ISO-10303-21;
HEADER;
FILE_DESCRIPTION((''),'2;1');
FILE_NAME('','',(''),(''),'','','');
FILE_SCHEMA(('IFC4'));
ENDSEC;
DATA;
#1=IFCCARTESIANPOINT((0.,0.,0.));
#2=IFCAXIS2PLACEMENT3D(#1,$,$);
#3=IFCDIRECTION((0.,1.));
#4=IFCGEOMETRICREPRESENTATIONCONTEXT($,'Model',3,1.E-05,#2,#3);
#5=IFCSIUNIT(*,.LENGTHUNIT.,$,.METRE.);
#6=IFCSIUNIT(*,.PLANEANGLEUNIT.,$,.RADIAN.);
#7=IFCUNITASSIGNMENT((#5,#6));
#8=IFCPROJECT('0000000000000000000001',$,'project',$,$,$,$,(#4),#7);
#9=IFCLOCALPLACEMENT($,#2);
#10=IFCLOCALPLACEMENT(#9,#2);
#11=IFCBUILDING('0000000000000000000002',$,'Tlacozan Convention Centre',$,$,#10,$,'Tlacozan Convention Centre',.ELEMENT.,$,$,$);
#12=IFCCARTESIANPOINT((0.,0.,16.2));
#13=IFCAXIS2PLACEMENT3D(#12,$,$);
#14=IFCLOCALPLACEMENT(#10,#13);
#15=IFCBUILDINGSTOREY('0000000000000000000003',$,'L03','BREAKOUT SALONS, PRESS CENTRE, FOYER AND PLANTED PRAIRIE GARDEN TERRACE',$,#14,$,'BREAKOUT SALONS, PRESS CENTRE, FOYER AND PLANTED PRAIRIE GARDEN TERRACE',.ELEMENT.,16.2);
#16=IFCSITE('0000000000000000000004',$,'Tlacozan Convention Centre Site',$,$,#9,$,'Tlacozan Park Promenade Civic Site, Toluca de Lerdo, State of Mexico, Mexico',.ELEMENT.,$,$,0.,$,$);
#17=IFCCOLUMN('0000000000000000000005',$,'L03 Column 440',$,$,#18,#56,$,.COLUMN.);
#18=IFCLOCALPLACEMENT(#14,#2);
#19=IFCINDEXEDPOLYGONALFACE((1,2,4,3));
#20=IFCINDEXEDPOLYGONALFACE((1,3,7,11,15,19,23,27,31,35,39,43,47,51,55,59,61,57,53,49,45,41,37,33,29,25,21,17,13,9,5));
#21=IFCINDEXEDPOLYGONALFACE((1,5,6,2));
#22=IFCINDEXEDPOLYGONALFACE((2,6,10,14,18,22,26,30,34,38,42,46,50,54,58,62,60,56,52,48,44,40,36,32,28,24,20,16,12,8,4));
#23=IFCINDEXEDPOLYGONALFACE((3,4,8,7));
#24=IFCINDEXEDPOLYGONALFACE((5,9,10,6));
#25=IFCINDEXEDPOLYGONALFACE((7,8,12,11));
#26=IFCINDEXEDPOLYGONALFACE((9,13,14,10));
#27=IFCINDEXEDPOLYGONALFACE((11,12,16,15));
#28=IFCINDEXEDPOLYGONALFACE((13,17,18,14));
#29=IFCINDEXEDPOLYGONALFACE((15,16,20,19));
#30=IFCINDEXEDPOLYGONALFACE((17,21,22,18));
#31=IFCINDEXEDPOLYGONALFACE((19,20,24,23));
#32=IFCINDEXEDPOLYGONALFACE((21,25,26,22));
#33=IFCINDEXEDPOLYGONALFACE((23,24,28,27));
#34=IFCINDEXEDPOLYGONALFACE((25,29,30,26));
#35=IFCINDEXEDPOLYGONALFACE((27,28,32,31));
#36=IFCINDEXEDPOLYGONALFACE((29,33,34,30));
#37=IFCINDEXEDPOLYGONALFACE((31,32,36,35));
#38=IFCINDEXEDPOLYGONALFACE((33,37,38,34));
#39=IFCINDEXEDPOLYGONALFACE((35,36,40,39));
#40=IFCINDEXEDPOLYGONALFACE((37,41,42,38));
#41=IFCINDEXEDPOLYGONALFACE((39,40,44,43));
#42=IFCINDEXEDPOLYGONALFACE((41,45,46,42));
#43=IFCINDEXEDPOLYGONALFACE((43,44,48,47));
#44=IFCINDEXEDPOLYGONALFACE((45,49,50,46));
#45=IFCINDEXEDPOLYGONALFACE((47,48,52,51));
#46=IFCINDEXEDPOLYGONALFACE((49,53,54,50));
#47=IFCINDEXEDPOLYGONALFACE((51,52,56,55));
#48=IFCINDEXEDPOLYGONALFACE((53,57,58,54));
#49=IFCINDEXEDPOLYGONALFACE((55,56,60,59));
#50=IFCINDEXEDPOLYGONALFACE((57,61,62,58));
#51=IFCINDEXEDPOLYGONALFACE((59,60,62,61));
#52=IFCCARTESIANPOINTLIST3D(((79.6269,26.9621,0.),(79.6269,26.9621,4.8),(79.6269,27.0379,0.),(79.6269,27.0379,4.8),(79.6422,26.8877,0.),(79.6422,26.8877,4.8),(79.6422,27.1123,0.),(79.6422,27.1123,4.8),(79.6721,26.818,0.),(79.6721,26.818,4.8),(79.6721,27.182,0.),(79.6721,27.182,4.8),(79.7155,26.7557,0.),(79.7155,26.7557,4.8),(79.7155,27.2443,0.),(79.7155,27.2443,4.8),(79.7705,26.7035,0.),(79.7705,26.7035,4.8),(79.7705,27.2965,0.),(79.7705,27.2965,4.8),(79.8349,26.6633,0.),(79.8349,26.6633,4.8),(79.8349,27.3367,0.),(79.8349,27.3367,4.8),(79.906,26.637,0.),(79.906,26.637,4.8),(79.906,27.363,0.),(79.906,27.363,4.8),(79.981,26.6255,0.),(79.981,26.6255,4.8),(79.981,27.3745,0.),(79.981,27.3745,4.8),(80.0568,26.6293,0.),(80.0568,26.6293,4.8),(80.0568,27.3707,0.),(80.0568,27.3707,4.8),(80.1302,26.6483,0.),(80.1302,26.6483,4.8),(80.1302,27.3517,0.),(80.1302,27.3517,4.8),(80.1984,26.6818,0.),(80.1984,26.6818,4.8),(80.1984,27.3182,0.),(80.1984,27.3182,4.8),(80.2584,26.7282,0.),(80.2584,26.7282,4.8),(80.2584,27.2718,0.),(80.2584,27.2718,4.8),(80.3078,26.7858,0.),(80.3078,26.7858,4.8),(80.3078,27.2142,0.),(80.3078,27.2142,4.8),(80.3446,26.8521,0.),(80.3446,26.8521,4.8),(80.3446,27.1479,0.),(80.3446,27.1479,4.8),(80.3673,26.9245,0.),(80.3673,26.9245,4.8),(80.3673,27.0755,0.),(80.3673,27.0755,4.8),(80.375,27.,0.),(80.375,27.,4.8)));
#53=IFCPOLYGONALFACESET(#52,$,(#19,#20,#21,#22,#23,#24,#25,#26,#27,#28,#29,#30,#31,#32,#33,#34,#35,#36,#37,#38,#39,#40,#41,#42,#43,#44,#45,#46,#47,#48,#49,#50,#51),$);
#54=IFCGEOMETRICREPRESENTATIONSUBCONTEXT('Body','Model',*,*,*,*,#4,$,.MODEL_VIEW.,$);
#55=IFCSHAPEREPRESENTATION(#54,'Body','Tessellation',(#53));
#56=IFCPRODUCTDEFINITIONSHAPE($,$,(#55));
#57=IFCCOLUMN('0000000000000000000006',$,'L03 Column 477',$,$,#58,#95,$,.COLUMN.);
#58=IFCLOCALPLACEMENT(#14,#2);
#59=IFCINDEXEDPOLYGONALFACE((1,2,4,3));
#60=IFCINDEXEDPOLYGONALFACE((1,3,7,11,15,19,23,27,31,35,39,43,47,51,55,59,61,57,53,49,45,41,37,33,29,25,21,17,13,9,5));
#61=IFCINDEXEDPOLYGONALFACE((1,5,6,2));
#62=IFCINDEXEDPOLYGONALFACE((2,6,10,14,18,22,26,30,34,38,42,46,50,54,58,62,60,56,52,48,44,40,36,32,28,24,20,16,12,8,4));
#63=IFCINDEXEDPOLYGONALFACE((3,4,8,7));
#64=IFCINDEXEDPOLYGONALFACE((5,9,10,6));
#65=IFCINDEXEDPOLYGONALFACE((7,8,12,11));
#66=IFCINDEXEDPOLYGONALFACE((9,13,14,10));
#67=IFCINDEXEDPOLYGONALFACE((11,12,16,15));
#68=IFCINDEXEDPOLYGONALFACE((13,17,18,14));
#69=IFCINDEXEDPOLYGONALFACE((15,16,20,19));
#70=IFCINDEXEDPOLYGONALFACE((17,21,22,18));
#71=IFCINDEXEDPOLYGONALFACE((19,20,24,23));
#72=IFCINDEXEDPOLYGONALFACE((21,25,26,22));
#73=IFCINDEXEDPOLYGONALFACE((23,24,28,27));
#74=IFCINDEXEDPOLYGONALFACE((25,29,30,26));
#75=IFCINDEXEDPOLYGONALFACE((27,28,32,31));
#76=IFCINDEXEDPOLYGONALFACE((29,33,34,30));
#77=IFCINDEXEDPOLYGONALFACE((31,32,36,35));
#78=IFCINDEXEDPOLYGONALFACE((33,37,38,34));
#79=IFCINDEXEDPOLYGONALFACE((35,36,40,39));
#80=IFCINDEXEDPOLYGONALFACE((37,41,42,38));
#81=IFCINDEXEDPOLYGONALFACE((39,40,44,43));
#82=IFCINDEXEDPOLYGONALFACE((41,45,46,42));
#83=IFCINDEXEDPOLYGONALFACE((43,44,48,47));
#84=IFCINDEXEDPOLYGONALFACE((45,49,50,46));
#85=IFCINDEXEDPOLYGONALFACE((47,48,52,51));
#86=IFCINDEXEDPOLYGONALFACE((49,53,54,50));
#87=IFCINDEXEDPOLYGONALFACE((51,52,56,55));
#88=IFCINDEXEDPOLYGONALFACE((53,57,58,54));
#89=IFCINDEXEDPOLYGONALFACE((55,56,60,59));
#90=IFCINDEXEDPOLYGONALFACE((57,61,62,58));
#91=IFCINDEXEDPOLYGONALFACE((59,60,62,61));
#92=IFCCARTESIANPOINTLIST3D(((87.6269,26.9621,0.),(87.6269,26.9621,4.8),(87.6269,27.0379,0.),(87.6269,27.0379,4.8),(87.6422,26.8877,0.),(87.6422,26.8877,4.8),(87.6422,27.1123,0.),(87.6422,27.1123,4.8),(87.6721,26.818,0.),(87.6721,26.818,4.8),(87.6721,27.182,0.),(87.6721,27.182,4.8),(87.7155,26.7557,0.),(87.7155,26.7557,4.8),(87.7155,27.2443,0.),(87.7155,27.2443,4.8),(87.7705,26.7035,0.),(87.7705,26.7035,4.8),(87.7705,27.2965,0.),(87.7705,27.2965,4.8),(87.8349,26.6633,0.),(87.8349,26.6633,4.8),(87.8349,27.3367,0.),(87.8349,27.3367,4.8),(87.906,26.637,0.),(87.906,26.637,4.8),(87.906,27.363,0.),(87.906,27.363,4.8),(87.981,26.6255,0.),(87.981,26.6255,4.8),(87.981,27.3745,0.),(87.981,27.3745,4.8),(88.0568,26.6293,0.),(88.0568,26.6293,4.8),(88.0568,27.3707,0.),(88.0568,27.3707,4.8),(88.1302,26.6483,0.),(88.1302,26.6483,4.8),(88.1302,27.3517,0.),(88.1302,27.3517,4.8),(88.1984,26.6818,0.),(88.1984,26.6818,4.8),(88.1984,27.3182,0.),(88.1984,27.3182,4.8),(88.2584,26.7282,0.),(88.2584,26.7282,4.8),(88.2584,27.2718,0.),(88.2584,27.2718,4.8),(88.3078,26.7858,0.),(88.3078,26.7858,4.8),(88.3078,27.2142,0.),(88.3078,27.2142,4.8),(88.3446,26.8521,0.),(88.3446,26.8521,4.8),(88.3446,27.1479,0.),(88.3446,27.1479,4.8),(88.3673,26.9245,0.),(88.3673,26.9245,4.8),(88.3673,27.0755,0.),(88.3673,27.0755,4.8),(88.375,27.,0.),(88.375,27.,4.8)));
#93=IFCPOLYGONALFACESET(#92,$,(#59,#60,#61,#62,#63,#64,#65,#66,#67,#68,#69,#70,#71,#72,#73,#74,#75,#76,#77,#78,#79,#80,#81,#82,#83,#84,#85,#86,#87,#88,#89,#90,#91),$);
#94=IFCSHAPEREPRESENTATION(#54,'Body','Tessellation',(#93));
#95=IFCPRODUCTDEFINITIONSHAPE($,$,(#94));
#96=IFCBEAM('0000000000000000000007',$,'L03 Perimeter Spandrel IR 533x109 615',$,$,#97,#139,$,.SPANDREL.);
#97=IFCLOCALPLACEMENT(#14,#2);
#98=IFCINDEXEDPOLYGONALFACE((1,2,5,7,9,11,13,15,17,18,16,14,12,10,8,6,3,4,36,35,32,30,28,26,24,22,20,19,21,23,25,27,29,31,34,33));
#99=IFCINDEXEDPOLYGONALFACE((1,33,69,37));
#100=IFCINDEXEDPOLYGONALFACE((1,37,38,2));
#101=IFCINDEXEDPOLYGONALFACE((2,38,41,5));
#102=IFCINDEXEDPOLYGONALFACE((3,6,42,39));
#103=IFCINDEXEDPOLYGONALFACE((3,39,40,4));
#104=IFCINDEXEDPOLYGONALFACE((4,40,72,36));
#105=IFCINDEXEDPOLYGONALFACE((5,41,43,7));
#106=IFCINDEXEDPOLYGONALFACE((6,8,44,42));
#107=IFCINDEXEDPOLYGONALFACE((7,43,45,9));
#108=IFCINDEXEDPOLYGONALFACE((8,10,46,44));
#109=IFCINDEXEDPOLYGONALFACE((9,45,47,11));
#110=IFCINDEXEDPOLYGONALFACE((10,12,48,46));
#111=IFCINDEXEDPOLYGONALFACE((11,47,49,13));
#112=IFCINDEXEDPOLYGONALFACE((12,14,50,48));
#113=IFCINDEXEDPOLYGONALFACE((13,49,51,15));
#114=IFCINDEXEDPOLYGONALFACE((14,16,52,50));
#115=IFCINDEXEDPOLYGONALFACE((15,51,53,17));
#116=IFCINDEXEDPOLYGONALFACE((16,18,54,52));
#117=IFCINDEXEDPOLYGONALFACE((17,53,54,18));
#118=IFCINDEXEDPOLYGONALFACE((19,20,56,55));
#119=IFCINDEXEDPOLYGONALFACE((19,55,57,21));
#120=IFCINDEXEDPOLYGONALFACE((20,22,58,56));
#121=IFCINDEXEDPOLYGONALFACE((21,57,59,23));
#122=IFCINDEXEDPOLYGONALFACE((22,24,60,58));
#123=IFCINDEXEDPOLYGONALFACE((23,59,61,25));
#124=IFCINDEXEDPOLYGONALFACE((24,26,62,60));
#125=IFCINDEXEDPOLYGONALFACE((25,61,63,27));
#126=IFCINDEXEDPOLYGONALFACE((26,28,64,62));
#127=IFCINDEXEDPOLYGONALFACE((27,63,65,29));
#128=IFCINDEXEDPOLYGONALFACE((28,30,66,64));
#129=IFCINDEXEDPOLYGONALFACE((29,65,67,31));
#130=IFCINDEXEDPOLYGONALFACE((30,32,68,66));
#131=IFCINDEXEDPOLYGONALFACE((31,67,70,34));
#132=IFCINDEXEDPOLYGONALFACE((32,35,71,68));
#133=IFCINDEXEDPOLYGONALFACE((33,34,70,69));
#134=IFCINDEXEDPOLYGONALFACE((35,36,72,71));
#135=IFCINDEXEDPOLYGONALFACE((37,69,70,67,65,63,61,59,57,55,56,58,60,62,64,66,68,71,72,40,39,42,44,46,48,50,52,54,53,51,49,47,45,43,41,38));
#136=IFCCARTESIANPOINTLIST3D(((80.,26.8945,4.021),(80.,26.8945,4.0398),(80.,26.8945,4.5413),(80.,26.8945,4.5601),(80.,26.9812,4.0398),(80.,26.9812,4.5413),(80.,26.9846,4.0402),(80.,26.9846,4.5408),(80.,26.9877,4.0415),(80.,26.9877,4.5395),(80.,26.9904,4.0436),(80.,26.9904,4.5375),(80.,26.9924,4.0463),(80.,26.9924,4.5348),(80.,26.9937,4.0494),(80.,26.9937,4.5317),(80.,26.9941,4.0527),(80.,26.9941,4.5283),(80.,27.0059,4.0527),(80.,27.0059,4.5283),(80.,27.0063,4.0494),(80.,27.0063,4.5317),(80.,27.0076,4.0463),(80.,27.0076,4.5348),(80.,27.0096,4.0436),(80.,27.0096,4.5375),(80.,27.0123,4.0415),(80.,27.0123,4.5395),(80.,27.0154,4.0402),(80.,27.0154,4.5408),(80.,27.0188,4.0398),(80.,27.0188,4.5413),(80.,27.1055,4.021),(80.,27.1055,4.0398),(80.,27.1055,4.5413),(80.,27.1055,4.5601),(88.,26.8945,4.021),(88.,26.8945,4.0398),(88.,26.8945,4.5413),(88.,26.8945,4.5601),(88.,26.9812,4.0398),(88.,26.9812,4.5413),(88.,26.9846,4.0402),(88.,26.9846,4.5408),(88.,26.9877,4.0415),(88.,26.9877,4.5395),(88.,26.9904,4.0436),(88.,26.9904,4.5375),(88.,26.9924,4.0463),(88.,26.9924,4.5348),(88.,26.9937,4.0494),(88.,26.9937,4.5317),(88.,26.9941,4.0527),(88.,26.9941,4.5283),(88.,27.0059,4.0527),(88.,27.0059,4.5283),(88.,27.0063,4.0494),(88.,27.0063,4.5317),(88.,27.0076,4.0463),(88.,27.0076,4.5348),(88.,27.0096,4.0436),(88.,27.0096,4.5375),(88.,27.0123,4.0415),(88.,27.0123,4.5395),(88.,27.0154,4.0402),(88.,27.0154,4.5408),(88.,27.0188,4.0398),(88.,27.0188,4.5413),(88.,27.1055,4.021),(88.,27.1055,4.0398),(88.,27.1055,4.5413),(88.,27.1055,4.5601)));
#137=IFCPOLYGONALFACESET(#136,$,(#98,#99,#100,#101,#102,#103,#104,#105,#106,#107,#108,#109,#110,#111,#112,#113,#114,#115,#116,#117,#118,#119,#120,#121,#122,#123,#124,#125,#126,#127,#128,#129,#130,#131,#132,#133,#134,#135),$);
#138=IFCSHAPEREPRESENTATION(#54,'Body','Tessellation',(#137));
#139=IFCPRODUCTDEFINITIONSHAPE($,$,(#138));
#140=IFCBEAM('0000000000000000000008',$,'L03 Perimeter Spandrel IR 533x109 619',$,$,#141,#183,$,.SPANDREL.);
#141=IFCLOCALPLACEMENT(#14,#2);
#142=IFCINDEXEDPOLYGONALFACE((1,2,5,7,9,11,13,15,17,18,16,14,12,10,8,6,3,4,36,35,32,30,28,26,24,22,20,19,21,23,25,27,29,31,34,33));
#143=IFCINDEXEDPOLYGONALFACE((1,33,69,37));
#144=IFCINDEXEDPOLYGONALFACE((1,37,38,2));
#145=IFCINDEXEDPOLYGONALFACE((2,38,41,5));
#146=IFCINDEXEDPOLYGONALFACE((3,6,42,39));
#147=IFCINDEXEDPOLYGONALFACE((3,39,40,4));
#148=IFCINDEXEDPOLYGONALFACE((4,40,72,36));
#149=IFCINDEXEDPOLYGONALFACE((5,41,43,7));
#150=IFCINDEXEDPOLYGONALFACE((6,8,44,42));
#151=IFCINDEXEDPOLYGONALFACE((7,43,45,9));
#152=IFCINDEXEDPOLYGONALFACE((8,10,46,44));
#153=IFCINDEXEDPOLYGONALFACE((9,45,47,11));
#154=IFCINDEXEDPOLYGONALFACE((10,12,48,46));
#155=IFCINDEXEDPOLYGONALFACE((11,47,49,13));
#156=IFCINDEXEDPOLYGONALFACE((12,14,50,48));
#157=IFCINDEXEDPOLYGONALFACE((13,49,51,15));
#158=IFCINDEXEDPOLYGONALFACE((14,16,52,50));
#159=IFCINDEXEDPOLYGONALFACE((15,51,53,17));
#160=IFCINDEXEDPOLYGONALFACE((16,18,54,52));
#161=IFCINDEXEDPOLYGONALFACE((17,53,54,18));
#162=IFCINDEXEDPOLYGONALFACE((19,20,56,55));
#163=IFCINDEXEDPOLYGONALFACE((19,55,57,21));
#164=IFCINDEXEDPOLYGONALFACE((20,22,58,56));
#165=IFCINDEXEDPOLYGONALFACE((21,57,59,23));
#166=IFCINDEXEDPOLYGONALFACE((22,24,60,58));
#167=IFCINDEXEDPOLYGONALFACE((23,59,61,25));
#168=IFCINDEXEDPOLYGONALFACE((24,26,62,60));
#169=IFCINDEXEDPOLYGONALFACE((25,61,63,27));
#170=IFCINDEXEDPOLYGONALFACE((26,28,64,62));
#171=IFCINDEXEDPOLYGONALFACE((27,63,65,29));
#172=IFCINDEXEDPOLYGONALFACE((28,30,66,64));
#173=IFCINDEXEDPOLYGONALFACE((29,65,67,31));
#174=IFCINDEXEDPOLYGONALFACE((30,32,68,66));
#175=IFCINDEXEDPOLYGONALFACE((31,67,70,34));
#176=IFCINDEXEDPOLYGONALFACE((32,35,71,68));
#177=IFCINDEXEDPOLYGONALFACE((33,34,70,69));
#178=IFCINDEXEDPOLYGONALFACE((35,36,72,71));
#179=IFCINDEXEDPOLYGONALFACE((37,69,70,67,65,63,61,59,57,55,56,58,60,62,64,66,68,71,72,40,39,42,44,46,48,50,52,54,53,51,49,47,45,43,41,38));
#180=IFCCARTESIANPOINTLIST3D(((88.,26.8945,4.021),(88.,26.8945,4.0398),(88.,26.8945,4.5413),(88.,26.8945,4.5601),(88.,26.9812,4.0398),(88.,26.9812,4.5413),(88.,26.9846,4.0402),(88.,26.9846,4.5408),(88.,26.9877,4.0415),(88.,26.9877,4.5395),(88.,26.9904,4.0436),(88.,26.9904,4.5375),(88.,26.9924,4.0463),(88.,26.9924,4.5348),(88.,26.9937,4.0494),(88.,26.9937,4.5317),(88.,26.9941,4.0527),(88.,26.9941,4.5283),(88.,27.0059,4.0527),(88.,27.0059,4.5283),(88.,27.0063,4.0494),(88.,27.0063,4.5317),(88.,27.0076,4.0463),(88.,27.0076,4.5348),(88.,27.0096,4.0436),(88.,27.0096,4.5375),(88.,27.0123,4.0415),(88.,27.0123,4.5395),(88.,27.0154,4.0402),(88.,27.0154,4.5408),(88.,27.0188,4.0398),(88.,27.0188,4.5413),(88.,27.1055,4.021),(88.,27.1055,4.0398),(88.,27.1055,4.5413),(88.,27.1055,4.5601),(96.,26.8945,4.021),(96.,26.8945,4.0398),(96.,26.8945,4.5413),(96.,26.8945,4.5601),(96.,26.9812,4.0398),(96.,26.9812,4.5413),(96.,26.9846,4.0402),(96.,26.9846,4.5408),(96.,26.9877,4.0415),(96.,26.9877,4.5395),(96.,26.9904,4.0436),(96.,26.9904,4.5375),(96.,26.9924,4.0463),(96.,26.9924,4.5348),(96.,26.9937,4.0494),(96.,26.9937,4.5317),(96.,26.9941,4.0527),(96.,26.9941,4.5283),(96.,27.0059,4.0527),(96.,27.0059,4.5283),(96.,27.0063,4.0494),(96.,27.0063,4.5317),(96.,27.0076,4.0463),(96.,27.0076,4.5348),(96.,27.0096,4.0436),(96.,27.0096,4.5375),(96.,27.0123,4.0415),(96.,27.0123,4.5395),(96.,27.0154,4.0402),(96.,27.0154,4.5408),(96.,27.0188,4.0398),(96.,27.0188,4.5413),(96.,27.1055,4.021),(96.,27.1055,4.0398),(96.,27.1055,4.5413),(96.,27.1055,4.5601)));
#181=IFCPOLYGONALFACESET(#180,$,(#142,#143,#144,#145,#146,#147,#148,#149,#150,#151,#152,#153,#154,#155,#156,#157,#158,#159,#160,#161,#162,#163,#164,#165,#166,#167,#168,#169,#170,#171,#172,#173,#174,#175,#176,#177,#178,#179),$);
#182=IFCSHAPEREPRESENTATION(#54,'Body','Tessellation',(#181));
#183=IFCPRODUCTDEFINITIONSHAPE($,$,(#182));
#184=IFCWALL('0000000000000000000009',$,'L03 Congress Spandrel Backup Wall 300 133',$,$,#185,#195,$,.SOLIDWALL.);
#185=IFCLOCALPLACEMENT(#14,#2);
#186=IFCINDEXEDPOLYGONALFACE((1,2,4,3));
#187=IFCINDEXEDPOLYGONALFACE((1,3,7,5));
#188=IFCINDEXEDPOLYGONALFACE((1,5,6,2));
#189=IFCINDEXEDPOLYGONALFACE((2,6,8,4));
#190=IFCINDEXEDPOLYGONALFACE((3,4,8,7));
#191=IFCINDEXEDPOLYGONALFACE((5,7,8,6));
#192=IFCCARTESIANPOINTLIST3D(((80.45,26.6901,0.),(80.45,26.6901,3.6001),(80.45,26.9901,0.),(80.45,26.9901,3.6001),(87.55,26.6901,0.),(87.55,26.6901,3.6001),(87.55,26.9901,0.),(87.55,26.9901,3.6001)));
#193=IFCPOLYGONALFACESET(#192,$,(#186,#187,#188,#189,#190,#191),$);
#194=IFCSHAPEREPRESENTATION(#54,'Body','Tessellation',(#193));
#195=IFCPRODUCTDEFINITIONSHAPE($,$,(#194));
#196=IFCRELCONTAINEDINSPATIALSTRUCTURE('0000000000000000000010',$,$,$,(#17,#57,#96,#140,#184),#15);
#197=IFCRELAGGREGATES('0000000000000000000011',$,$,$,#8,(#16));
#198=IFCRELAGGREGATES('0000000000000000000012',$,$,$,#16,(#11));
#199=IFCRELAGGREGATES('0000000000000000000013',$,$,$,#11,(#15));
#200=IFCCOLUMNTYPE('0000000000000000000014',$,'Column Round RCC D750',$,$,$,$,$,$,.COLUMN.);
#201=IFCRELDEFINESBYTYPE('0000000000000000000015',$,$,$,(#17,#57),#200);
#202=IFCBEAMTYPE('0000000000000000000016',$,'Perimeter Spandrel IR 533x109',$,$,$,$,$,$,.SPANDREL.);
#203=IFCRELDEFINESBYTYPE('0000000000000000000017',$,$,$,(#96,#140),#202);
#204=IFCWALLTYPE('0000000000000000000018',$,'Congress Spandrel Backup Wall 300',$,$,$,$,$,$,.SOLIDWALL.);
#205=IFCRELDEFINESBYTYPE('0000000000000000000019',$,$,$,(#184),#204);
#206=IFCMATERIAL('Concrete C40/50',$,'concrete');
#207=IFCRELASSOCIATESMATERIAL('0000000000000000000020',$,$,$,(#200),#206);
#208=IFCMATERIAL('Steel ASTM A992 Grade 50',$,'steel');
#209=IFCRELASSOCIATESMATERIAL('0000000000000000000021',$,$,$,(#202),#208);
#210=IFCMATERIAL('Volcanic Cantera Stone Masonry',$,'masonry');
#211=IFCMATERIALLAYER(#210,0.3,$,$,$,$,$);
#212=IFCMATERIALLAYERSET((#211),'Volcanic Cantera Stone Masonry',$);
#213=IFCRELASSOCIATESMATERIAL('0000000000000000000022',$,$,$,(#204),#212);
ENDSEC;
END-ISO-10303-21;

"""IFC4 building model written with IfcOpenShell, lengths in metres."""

from ifc_helpers import new_model, si_unit, direction, frame, frame_2d, origin, origin_2d, place, context, subcontext, project, spatial, rectangle, circle, i_section, extrude, material, layer, layer_set, material_profile, profile_set, type_object, element, save


model = new_model("IFC4")

# Units and contexts
model_context = context("Model", 3, precision=1e-05, world=origin(), true_north=direction((0.0, 1.0)))
body_context = subcontext(model_context, "Body", "Model", "MODEL_VIEW")
ifc_project = project(units=[si_unit("LENGTHUNIT", "METRE"), si_unit("PLANEANGLEUNIT", "RADIAN")], contexts=[model_context])

# Site, building, storey
site_placement = place(None, origin())
site = spatial("IfcSite", under=ifc_project, at=site_placement, Name="Tlacozan Convention Centre Site", LongName="Tlacozan Park Promenade Civic Site, Toluca de Lerdo, State of Mexico, Mexico", CompositionType="ELEMENT", RefElevation=0.0)
building_placement = place(site_placement, origin())
building = spatial("IfcBuilding", under=site, at=building_placement, Name="Tlacozan Convention Centre", LongName="Tlacozan Convention Centre", CompositionType="ELEMENT")
storey_placement = place(building_placement, frame((0.0, 0.0, 16.2)))
storey = spatial("IfcBuildingStorey", under=building, at=storey_placement, Name="L03", Description="BREAKOUT SALONS, PRESS CENTRE, FOYER AND PLANTED PRAIRIE GARDEN TERRACE", LongName="BREAKOUT SALONS, PRESS CENTRE, FOYER AND PLANTED PRAIRIE GARDEN TERRACE", CompositionType="ELEMENT", Elevation=16.2)

# Columns
ifc_material_1 = material(Name="Concrete C40/50", Category="concrete")
ifc_material_profile_1 = material_profile(ifc_material_1, circle(Radius=0.375, at=origin_2d()), Name="RCC D750")
ifc_profile_set_1 = profile_set([ifc_material_profile_1], Name="Concrete C40/50")
column_type = type_object("IfcColumnType", Name="Column Round RCC D750", PredefinedType="COLUMN", material=ifc_profile_set_1)
for number, where, z_axis, x_axis, name in (
    (1, (80.0, 27.0, 0.0), (0.0, 0.0, 1.0), (1.0, 0.0, 0.0), "L03 Column 440"),
    (2, (88.0, 27.0, 0.0), (0.0, 0.0, 1.0), (1.0, 0.0, 0.0), "L03 Column 477"),
):
    element("IfcColumn", number, at=place(storey_placement, frame(where, z_axis=z_axis, x_axis=x_axis)), inside=storey, type_object=column_type, Name=name, PredefinedType="COLUMN", context=body_context, shape_type="SweptSolid", body=[
        extrude(circle(Radius=0.375, at=origin_2d()), origin(), (0.0, 0.0, 1.0), 4.8),
    ])

# Beams
ifc_material_2 = material(Name="Steel ASTM A992 Grade 50", Category="steel")
ifc_material_profile_2 = material_profile(ifc_material_2, i_section(OverallWidth=0.2109, OverallDepth=0.5391, WebThickness=0.0117, FlangeThickness=0.0188, FilletRadius=0.0129, at=origin_2d()), Name="IR 533x109.0")
ifc_profile_set_2 = profile_set([ifc_material_profile_2], Name="Steel ASTM A992 Grade 50")
beam_type = type_object("IfcBeamType", Name="Perimeter Spandrel IR 533x109", PredefinedType="SPANDREL", material=ifc_profile_set_2)
for number, where, z_axis, x_axis, name in (
    (3, (80.0, 27.0, 4.2905), (1.0, 0.0, 0.0), (0.0, 1.0, 0.0), "L03 Perimeter Spandrel IR 533x109 615"),
    (4, (88.0, 27.0, 4.2905), (1.0, 0.0, 0.0), (0.0, 1.0, 0.0), "L03 Perimeter Spandrel IR 533x109 619"),
):
    element("IfcBeam", number, at=place(storey_placement, frame(where, z_axis=z_axis, x_axis=x_axis)), inside=storey, type_object=beam_type, Name=name, PredefinedType="SPANDREL", context=body_context, shape_type="SweptSolid", body=[
        extrude(i_section(OverallWidth=0.2109, OverallDepth=0.5391, WebThickness=0.0117, FlangeThickness=0.0188, FilletRadius=0.0129, at=origin_2d()), origin(), (0.0, 0.0, 1.0), 8.0),
    ])

# Shared definitions
ifc_material_3 = material(Name="Volcanic Cantera Stone Masonry", Category="masonry")

# Wall
ifc_layer_1 = layer(ifc_material_3, 0.3)
ifc_layer_set_1 = layer_set([ifc_layer_1], Name="Volcanic Cantera Stone Masonry")
wall_type_1 = type_object("IfcWallType", Name="Congress Spandrel Backup Wall 300", PredefinedType="SOLIDWALL", material=ifc_layer_set_1)
wall_1_placement = place(storey_placement, frame((80.45, 26.8401, 0.0), z_axis=(0.0, 0.0, 1.0), x_axis=(1.0, 0.0, 0.0)))
element("IfcWall", 5, at=wall_1_placement, inside=storey, type_object=wall_type_1, Name="L03 Congress Spandrel Backup Wall 300 133", PredefinedType="SOLIDWALL", context=body_context, shape_type="SweptSolid", body=[
    extrude(rectangle(XDim=7.1001, YDim=0.3, at=frame_2d((3.55, 0.0))), origin(), (0.0, 0.0, 1.0), 3.6001),
])

save(model, "model.ifc")
